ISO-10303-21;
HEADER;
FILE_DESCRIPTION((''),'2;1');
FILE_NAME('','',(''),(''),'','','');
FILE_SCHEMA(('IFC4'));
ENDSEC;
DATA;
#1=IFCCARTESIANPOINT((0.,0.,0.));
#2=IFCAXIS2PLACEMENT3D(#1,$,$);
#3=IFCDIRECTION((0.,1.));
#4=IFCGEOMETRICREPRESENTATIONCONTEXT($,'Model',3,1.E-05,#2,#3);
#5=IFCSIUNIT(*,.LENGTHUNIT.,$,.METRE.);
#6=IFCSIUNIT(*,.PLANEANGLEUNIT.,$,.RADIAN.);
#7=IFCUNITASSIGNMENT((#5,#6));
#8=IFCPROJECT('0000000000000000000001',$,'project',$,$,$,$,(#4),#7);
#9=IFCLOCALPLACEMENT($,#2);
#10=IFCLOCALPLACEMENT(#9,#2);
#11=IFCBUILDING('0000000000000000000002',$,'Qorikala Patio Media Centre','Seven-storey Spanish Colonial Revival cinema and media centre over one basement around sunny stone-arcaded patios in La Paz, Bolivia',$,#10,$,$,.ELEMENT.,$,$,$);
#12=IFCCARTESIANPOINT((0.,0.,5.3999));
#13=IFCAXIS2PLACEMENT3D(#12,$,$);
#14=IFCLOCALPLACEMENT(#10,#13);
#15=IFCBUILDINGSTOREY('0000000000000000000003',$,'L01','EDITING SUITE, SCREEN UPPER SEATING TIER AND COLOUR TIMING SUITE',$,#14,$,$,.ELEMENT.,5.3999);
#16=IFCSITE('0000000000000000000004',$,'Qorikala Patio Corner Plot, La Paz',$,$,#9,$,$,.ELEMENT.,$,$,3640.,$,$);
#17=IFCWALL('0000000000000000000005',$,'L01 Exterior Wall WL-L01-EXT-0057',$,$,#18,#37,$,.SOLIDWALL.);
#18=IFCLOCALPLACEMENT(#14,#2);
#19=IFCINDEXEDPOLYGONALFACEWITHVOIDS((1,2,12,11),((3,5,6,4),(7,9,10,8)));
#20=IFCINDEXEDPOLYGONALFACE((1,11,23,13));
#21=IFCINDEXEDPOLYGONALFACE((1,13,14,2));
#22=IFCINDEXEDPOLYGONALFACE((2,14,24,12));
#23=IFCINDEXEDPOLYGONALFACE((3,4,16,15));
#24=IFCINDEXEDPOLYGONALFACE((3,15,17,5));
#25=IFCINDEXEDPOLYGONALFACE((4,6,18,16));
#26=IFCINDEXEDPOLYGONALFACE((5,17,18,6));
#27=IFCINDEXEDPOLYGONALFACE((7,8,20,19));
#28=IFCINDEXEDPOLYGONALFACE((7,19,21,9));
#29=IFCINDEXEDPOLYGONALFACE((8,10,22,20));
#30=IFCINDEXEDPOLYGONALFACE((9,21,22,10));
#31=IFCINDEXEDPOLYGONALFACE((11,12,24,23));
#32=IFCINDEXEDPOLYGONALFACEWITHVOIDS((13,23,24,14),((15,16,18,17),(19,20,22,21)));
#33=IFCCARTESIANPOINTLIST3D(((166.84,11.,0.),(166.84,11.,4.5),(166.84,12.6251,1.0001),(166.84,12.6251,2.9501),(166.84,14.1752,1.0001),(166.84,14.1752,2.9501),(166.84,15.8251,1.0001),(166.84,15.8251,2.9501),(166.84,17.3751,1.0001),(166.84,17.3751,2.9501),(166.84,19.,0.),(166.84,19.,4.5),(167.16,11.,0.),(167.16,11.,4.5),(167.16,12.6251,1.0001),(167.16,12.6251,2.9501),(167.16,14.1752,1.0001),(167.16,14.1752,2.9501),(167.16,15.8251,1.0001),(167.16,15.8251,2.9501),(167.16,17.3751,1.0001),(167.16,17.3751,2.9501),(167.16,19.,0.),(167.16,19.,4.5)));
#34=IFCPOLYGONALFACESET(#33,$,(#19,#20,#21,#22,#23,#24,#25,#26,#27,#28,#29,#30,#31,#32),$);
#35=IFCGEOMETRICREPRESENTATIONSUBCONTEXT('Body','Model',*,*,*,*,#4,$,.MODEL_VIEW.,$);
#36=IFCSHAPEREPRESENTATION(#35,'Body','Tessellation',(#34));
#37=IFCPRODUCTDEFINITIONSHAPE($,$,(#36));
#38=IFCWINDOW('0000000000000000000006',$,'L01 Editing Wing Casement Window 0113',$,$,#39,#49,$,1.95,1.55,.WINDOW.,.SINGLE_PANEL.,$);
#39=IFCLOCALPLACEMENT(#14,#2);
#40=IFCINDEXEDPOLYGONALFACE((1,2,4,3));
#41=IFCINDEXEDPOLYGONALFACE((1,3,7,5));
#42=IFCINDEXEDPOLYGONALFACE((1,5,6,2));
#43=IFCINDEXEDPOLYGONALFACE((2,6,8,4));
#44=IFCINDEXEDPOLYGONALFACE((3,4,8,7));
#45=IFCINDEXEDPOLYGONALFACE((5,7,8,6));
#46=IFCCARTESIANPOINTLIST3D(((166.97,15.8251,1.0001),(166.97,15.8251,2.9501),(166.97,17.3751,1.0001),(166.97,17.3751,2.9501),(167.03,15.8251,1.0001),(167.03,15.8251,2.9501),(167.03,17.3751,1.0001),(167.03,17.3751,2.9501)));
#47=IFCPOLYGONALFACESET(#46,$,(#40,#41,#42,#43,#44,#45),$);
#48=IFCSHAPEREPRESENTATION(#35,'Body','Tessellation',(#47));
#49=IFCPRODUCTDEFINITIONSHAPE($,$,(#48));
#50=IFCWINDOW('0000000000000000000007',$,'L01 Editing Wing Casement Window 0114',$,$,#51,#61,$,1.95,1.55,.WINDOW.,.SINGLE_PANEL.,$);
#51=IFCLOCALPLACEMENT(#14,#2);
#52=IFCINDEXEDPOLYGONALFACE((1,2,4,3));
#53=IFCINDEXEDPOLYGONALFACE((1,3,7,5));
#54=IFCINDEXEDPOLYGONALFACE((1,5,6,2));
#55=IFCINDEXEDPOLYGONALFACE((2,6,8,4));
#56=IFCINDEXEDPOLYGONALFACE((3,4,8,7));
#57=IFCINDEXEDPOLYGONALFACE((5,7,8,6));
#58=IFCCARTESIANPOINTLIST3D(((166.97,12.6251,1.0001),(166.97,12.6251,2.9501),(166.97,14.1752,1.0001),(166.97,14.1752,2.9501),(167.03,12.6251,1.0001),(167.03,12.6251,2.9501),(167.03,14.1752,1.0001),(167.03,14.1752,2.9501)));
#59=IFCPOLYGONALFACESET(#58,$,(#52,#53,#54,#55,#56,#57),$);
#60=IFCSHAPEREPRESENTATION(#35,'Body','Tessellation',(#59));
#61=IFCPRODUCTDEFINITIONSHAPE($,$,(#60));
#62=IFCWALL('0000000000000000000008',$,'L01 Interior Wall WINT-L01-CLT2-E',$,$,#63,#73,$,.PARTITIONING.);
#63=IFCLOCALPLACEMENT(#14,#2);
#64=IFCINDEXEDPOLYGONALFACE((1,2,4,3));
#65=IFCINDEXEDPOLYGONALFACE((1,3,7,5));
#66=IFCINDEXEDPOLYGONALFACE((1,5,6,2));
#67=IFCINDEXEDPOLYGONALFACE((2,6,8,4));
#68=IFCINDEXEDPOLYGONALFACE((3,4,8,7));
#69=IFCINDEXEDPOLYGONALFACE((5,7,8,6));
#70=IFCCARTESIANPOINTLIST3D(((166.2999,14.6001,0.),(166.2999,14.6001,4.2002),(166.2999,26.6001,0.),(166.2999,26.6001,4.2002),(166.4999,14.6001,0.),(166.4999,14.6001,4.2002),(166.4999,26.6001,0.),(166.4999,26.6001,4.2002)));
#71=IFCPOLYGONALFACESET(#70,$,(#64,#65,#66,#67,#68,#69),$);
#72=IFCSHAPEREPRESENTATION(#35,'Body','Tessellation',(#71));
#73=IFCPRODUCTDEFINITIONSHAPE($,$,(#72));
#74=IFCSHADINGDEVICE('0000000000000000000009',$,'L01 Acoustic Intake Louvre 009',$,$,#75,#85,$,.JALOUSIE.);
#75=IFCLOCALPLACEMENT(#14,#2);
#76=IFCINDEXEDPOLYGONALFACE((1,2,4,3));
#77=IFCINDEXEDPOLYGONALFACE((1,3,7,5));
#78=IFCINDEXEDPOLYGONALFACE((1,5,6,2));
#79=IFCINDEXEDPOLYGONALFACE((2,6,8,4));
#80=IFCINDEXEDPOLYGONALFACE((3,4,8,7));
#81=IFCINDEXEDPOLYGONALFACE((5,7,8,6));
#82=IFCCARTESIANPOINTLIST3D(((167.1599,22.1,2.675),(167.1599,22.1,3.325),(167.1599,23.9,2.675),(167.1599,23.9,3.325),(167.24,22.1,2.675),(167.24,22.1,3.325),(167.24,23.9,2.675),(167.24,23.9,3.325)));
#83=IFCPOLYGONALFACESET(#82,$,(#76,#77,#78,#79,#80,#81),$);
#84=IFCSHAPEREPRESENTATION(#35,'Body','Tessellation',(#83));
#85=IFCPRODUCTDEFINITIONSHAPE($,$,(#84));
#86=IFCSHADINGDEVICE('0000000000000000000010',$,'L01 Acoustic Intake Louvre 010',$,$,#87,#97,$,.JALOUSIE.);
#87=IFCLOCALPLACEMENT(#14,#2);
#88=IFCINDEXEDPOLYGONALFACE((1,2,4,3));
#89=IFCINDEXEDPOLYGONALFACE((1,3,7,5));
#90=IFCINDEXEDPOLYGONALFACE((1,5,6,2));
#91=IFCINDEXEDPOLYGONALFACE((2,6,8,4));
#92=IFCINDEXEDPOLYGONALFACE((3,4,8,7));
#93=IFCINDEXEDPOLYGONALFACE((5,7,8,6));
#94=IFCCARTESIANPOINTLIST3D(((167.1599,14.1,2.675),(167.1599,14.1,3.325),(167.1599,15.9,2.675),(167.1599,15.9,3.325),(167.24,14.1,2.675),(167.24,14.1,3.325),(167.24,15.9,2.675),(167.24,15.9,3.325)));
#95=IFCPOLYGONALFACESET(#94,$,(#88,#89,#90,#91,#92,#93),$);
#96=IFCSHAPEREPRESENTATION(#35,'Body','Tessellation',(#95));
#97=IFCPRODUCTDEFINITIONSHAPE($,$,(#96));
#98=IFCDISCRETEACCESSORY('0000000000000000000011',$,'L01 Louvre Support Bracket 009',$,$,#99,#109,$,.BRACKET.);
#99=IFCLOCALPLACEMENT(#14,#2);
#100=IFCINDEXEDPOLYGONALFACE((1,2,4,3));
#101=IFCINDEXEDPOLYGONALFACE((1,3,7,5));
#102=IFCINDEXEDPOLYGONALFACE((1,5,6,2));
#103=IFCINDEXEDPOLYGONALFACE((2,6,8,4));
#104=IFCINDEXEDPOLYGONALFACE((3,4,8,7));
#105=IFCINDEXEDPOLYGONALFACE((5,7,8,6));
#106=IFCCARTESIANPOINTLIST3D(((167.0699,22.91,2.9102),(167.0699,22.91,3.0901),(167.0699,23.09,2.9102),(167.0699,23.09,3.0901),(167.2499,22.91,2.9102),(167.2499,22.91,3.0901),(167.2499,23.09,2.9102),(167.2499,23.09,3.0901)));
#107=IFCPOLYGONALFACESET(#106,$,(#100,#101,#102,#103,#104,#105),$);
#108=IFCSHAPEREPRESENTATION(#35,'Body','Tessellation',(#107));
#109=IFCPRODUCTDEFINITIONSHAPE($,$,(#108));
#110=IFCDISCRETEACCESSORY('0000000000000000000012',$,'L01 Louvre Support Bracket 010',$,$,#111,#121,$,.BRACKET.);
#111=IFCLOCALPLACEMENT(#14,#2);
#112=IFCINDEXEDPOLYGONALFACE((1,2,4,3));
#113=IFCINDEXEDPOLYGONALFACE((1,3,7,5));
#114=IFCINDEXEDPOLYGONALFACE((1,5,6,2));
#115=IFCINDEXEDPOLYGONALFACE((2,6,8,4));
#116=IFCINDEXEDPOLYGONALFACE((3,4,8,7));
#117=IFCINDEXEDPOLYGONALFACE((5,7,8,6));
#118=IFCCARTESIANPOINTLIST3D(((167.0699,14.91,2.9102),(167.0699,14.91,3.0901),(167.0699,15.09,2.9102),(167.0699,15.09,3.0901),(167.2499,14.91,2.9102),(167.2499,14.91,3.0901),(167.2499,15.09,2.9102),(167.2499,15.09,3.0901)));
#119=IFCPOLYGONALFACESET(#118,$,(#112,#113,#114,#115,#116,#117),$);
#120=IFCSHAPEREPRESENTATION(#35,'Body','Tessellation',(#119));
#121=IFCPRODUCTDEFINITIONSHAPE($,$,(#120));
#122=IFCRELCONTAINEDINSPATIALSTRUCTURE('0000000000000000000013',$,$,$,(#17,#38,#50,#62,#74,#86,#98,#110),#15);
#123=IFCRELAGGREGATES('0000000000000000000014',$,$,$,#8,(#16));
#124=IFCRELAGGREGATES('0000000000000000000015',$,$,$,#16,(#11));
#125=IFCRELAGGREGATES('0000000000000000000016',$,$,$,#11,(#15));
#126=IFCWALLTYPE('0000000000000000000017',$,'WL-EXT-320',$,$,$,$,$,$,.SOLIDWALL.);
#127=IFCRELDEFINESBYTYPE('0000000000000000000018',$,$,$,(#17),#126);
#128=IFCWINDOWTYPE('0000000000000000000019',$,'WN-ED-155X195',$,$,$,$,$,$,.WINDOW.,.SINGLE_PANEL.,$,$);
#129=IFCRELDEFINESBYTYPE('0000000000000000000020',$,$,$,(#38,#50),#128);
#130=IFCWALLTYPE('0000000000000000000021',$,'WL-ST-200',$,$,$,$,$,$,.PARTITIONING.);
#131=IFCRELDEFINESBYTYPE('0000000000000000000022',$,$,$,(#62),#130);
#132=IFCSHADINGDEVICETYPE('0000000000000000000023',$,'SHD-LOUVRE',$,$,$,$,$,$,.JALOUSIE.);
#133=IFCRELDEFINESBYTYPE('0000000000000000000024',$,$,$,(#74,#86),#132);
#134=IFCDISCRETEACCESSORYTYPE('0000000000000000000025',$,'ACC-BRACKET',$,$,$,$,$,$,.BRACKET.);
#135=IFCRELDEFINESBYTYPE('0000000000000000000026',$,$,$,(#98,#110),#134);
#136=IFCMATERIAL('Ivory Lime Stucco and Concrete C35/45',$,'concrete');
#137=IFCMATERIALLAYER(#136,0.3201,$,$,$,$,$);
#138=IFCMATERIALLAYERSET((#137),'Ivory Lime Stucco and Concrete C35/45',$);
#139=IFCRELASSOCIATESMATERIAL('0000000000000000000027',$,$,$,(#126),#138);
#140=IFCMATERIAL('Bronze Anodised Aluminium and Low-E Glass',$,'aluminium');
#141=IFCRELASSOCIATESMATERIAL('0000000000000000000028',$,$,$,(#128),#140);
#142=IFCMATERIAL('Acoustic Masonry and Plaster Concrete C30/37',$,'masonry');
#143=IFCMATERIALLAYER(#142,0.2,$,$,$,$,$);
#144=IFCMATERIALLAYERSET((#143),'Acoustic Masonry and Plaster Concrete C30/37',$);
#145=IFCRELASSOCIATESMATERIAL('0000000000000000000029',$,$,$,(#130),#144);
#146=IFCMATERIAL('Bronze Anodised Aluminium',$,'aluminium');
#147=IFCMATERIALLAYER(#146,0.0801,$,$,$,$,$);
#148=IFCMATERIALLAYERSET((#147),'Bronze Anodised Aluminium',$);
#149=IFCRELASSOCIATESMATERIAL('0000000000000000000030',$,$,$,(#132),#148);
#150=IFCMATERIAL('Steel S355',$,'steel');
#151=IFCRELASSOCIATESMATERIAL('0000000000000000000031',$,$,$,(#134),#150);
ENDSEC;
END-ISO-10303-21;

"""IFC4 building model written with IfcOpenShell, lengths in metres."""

from ifc_helpers import new_model, si_unit, direction, frame, frame_2d, origin, origin_2d, place, context, subcontext, project, spatial, rectangle, extrude, material, layer, layer_set, type_object, element, fill, save


model = new_model("IFC4")

# Units and contexts
model_context = context("Model", 3, precision=1e-05, world=origin(), true_north=direction((0.0, 1.0)))
body_context = subcontext(model_context, "Body", "Model", "MODEL_VIEW")
ifc_project = project(units=[si_unit("LENGTHUNIT", "METRE"), si_unit("PLANEANGLEUNIT", "RADIAN")], contexts=[model_context])

# Site, building, storey
site_placement = place(None, origin())
site = spatial("IfcSite", under=ifc_project, at=site_placement, Name="Qorikala Patio Corner Plot, La Paz", CompositionType="ELEMENT", RefElevation=3640.0)
building_placement = place(site_placement, origin())
building = spatial("IfcBuilding", under=site, at=building_placement, Name="Qorikala Patio Media Centre", Description="Seven-storey Spanish Colonial Revival cinema and media centre over one basement around sunny stone-arcaded patios in La Paz, Bolivia", CompositionType="ELEMENT")
storey_placement = place(building_placement, frame((0.0, 0.0, 5.3999)))
storey = spatial("IfcBuildingStorey", under=building, at=storey_placement, Name="L01", Description="EDITING SUITE, SCREEN UPPER SEATING TIER AND COLOUR TIMING SUITE", CompositionType="ELEMENT", Elevation=5.3999)

# Shared definitions
ifc_material_1 = material(Name="Ivory Lime Stucco and Concrete C35/45", Category="concrete")
ifc_layer_1 = layer(ifc_material_1, 0.3201)
ifc_layer_set_1 = layer_set([ifc_layer_1], Name="Ivory Lime Stucco and Concrete C35/45")
wall_type_1 = type_object("IfcWallType", Name="WL-EXT-320", PredefinedType="SOLIDWALL", material=ifc_layer_set_1)
ifc_material_2 = material(Name="Bronze Anodised Aluminium and Low-E Glass", Category="aluminium")

# Wall, openings, windows
wall_1_placement = place(storey_placement, frame((167.0, 19.0, 0.0), z_axis=(0.0, 0.0, 1.0), x_axis=(0.0, -1.0, 0.0)))
wall_1 = element("IfcWall", 1, at=wall_1_placement, inside=storey, type_object=wall_type_1, Name="L01 Exterior Wall WL-L01-EXT-0057", PredefinedType="SOLIDWALL", context=body_context, shape_type="SweptSolid", body=[
    extrude(rectangle(XDim=8.0, YDim=0.3201, at=frame_2d((4.0, 0.0))), origin(), (0.0, 0.0, 1.0), 4.5),
])
opening_1_placement = place(wall_1_placement, frame((1.625, 0.0, 1.0)))
opening_1 = element("IfcOpeningElement", 2, at=opening_1_placement, cuts=wall_1, PredefinedType="OPENING", context=body_context, shape_type="SweptSolid", body=[
    extrude(rectangle(XDim=1.55, YDim=1.95, at=frame_2d((0.7749, 0.9751))), frame((0.0, 0.1699, 0.0), z_axis=(0.0, -1.0, 0.0), x_axis=(1.0, 0.0, 0.0)), (0.0, 0.0, 1.0), 0.3401),
])
opening_2_placement = place(wall_1_placement, frame((4.825, 0.0, 1.0)))
opening_2 = element("IfcOpeningElement", 3, at=opening_2_placement, cuts=wall_1, PredefinedType="OPENING", context=body_context, shape_type="SweptSolid", body=[
    extrude(rectangle(XDim=1.55, YDim=1.95, at=frame_2d((0.7749, 0.9751))), frame((0.0, 0.1699, 0.0), z_axis=(0.0, -1.0, 0.0), x_axis=(1.0, 0.0, 0.0)), (0.0, 0.0, 1.0), 0.3401),
])
window_type_1 = type_object("IfcWindowType", Name="WN-ED-155X195", PartitioningType="SINGLE_PANEL", PredefinedType="WINDOW", material=ifc_material_2)
window_1_placement = place(opening_1_placement, origin())
window_1 = element("IfcWindow", 4, at=window_1_placement, inside=storey, type_object=window_type_1, Name="L01 Editing Wing Casement Window 0113", OverallHeight=1.95, OverallWidth=1.55, PartitioningType="SINGLE_PANEL", PredefinedType="WINDOW", context=body_context, shape_type="SweptSolid", body=[
    extrude(rectangle(XDim=1.55, YDim=1.95, at=frame_2d((0.7749, 0.9751))), frame((0.0, 0.03, 0.0), z_axis=(0.0, -1.0, 0.0), x_axis=(1.0, 0.0, 0.0)), (0.0, 0.0, 1.0), 0.0601),
])
fill(opening_1, window_1)
window_2_placement = place(opening_2_placement, origin())
window_2 = element("IfcWindow", 5, at=window_2_placement, inside=storey, type_object=window_type_1, Name="L01 Editing Wing Casement Window 0114", OverallHeight=1.95, OverallWidth=1.55, PartitioningType="SINGLE_PANEL", PredefinedType="WINDOW", context=body_context, shape_type="SweptSolid", body=[
    extrude(rectangle(XDim=1.55, YDim=1.95, at=frame_2d((0.7749, 0.9751))), frame((0.0, 0.03, 0.0), z_axis=(0.0, -1.0, 0.0), x_axis=(1.0, 0.0, 0.0)), (0.0, 0.0, 1.0), 0.0601),
])
fill(opening_2, window_2)

# Wall
ifc_material_3 = material(Name="Acoustic Masonry and Plaster Concrete C30/37", Category="masonry")
ifc_layer_2 = layer(ifc_material_3, 0.2)
ifc_layer_set_2 = layer_set([ifc_layer_2], Name="Acoustic Masonry and Plaster Concrete C30/37")
wall_type_2 = type_object("IfcWallType", Name="WL-ST-200", PredefinedType="PARTITIONING", material=ifc_layer_set_2)
wall_2_placement = place(storey_placement, frame((166.3999, 14.6001, 0.0), z_axis=(0.0, 0.0, 1.0), x_axis=(0.0, 1.0, 0.0)))
element("IfcWall", 6, at=wall_2_placement, inside=storey, type_object=wall_type_2, Name="L01 Interior Wall WINT-L01-CLT2-E", PredefinedType="PARTITIONING", context=body_context, shape_type="SweptSolid", body=[
    extrude(rectangle(XDim=12.0, YDim=0.2, at=frame_2d((6.0, 0.0))), origin(), (0.0, 0.0, 1.0), 4.2002),
])

# Shading devices
ifc_material_4 = material(Name="Bronze Anodised Aluminium", Category="aluminium")
ifc_layer_3 = layer(ifc_material_4, 0.0801)
ifc_layer_set_3 = layer_set([ifc_layer_3], Name="Bronze Anodised Aluminium")
shading_device_type = type_object("IfcShadingDeviceType", Name="SHD-LOUVRE", PredefinedType="JALOUSIE", material=ifc_layer_set_3)
for number, where, z_axis, x_axis, name in (
    (7, (167.2, 23.0, 2.675), (0.0, 0.0, 1.0), (0.0, -1.0, 0.0), "L01 Acoustic Intake Louvre 009"),
    (8, (167.2, 15.0, 2.675), (0.0, 0.0, 1.0), (0.0, -1.0, 0.0), "L01 Acoustic Intake Louvre 010"),
):
    element("IfcShadingDevice", number, at=place(storey_placement, frame(where, z_axis=z_axis, x_axis=x_axis)), inside=storey, type_object=shading_device_type, Name=name, PredefinedType="JALOUSIE", context=body_context, shape_type="SweptSolid", body=[
        extrude(rectangle(XDim=1.8, YDim=0.0801, at=origin_2d()), origin(), (0.0, 0.0, 1.0), 0.6499),
    ])

# Discrete accessories
ifc_material_5 = material(Name="Steel S355", Category="steel")
discrete_accessory_type = type_object("IfcDiscreteAccessoryType", Name="ACC-BRACKET", PredefinedType="BRACKET", material=ifc_material_5)
for number, where, z_axis, x_axis, name in (
    (9, (167.1599, 23.0, 2.9102), (0.0, 0.0, 1.0), (0.0, -1.0, 0.0), "L01 Louvre Support Bracket 009"),
    (10, (167.1599, 15.0, 2.9102), (0.0, 0.0, 1.0), (0.0, -1.0, 0.0), "L01 Louvre Support Bracket 010"),
):
    element("IfcDiscreteAccessory", number, at=place(storey_placement, frame(where, z_axis=z_axis, x_axis=x_axis)), inside=storey, type_object=discrete_accessory_type, Name=name, PredefinedType="BRACKET", context=body_context, shape_type="SweptSolid", body=[
        extrude(rectangle(XDim=0.1799, YDim=0.1799, at=origin_2d()), origin(), (0.0, 0.0, 1.0), 0.1799),
    ])

save(model, "model.ifc")
